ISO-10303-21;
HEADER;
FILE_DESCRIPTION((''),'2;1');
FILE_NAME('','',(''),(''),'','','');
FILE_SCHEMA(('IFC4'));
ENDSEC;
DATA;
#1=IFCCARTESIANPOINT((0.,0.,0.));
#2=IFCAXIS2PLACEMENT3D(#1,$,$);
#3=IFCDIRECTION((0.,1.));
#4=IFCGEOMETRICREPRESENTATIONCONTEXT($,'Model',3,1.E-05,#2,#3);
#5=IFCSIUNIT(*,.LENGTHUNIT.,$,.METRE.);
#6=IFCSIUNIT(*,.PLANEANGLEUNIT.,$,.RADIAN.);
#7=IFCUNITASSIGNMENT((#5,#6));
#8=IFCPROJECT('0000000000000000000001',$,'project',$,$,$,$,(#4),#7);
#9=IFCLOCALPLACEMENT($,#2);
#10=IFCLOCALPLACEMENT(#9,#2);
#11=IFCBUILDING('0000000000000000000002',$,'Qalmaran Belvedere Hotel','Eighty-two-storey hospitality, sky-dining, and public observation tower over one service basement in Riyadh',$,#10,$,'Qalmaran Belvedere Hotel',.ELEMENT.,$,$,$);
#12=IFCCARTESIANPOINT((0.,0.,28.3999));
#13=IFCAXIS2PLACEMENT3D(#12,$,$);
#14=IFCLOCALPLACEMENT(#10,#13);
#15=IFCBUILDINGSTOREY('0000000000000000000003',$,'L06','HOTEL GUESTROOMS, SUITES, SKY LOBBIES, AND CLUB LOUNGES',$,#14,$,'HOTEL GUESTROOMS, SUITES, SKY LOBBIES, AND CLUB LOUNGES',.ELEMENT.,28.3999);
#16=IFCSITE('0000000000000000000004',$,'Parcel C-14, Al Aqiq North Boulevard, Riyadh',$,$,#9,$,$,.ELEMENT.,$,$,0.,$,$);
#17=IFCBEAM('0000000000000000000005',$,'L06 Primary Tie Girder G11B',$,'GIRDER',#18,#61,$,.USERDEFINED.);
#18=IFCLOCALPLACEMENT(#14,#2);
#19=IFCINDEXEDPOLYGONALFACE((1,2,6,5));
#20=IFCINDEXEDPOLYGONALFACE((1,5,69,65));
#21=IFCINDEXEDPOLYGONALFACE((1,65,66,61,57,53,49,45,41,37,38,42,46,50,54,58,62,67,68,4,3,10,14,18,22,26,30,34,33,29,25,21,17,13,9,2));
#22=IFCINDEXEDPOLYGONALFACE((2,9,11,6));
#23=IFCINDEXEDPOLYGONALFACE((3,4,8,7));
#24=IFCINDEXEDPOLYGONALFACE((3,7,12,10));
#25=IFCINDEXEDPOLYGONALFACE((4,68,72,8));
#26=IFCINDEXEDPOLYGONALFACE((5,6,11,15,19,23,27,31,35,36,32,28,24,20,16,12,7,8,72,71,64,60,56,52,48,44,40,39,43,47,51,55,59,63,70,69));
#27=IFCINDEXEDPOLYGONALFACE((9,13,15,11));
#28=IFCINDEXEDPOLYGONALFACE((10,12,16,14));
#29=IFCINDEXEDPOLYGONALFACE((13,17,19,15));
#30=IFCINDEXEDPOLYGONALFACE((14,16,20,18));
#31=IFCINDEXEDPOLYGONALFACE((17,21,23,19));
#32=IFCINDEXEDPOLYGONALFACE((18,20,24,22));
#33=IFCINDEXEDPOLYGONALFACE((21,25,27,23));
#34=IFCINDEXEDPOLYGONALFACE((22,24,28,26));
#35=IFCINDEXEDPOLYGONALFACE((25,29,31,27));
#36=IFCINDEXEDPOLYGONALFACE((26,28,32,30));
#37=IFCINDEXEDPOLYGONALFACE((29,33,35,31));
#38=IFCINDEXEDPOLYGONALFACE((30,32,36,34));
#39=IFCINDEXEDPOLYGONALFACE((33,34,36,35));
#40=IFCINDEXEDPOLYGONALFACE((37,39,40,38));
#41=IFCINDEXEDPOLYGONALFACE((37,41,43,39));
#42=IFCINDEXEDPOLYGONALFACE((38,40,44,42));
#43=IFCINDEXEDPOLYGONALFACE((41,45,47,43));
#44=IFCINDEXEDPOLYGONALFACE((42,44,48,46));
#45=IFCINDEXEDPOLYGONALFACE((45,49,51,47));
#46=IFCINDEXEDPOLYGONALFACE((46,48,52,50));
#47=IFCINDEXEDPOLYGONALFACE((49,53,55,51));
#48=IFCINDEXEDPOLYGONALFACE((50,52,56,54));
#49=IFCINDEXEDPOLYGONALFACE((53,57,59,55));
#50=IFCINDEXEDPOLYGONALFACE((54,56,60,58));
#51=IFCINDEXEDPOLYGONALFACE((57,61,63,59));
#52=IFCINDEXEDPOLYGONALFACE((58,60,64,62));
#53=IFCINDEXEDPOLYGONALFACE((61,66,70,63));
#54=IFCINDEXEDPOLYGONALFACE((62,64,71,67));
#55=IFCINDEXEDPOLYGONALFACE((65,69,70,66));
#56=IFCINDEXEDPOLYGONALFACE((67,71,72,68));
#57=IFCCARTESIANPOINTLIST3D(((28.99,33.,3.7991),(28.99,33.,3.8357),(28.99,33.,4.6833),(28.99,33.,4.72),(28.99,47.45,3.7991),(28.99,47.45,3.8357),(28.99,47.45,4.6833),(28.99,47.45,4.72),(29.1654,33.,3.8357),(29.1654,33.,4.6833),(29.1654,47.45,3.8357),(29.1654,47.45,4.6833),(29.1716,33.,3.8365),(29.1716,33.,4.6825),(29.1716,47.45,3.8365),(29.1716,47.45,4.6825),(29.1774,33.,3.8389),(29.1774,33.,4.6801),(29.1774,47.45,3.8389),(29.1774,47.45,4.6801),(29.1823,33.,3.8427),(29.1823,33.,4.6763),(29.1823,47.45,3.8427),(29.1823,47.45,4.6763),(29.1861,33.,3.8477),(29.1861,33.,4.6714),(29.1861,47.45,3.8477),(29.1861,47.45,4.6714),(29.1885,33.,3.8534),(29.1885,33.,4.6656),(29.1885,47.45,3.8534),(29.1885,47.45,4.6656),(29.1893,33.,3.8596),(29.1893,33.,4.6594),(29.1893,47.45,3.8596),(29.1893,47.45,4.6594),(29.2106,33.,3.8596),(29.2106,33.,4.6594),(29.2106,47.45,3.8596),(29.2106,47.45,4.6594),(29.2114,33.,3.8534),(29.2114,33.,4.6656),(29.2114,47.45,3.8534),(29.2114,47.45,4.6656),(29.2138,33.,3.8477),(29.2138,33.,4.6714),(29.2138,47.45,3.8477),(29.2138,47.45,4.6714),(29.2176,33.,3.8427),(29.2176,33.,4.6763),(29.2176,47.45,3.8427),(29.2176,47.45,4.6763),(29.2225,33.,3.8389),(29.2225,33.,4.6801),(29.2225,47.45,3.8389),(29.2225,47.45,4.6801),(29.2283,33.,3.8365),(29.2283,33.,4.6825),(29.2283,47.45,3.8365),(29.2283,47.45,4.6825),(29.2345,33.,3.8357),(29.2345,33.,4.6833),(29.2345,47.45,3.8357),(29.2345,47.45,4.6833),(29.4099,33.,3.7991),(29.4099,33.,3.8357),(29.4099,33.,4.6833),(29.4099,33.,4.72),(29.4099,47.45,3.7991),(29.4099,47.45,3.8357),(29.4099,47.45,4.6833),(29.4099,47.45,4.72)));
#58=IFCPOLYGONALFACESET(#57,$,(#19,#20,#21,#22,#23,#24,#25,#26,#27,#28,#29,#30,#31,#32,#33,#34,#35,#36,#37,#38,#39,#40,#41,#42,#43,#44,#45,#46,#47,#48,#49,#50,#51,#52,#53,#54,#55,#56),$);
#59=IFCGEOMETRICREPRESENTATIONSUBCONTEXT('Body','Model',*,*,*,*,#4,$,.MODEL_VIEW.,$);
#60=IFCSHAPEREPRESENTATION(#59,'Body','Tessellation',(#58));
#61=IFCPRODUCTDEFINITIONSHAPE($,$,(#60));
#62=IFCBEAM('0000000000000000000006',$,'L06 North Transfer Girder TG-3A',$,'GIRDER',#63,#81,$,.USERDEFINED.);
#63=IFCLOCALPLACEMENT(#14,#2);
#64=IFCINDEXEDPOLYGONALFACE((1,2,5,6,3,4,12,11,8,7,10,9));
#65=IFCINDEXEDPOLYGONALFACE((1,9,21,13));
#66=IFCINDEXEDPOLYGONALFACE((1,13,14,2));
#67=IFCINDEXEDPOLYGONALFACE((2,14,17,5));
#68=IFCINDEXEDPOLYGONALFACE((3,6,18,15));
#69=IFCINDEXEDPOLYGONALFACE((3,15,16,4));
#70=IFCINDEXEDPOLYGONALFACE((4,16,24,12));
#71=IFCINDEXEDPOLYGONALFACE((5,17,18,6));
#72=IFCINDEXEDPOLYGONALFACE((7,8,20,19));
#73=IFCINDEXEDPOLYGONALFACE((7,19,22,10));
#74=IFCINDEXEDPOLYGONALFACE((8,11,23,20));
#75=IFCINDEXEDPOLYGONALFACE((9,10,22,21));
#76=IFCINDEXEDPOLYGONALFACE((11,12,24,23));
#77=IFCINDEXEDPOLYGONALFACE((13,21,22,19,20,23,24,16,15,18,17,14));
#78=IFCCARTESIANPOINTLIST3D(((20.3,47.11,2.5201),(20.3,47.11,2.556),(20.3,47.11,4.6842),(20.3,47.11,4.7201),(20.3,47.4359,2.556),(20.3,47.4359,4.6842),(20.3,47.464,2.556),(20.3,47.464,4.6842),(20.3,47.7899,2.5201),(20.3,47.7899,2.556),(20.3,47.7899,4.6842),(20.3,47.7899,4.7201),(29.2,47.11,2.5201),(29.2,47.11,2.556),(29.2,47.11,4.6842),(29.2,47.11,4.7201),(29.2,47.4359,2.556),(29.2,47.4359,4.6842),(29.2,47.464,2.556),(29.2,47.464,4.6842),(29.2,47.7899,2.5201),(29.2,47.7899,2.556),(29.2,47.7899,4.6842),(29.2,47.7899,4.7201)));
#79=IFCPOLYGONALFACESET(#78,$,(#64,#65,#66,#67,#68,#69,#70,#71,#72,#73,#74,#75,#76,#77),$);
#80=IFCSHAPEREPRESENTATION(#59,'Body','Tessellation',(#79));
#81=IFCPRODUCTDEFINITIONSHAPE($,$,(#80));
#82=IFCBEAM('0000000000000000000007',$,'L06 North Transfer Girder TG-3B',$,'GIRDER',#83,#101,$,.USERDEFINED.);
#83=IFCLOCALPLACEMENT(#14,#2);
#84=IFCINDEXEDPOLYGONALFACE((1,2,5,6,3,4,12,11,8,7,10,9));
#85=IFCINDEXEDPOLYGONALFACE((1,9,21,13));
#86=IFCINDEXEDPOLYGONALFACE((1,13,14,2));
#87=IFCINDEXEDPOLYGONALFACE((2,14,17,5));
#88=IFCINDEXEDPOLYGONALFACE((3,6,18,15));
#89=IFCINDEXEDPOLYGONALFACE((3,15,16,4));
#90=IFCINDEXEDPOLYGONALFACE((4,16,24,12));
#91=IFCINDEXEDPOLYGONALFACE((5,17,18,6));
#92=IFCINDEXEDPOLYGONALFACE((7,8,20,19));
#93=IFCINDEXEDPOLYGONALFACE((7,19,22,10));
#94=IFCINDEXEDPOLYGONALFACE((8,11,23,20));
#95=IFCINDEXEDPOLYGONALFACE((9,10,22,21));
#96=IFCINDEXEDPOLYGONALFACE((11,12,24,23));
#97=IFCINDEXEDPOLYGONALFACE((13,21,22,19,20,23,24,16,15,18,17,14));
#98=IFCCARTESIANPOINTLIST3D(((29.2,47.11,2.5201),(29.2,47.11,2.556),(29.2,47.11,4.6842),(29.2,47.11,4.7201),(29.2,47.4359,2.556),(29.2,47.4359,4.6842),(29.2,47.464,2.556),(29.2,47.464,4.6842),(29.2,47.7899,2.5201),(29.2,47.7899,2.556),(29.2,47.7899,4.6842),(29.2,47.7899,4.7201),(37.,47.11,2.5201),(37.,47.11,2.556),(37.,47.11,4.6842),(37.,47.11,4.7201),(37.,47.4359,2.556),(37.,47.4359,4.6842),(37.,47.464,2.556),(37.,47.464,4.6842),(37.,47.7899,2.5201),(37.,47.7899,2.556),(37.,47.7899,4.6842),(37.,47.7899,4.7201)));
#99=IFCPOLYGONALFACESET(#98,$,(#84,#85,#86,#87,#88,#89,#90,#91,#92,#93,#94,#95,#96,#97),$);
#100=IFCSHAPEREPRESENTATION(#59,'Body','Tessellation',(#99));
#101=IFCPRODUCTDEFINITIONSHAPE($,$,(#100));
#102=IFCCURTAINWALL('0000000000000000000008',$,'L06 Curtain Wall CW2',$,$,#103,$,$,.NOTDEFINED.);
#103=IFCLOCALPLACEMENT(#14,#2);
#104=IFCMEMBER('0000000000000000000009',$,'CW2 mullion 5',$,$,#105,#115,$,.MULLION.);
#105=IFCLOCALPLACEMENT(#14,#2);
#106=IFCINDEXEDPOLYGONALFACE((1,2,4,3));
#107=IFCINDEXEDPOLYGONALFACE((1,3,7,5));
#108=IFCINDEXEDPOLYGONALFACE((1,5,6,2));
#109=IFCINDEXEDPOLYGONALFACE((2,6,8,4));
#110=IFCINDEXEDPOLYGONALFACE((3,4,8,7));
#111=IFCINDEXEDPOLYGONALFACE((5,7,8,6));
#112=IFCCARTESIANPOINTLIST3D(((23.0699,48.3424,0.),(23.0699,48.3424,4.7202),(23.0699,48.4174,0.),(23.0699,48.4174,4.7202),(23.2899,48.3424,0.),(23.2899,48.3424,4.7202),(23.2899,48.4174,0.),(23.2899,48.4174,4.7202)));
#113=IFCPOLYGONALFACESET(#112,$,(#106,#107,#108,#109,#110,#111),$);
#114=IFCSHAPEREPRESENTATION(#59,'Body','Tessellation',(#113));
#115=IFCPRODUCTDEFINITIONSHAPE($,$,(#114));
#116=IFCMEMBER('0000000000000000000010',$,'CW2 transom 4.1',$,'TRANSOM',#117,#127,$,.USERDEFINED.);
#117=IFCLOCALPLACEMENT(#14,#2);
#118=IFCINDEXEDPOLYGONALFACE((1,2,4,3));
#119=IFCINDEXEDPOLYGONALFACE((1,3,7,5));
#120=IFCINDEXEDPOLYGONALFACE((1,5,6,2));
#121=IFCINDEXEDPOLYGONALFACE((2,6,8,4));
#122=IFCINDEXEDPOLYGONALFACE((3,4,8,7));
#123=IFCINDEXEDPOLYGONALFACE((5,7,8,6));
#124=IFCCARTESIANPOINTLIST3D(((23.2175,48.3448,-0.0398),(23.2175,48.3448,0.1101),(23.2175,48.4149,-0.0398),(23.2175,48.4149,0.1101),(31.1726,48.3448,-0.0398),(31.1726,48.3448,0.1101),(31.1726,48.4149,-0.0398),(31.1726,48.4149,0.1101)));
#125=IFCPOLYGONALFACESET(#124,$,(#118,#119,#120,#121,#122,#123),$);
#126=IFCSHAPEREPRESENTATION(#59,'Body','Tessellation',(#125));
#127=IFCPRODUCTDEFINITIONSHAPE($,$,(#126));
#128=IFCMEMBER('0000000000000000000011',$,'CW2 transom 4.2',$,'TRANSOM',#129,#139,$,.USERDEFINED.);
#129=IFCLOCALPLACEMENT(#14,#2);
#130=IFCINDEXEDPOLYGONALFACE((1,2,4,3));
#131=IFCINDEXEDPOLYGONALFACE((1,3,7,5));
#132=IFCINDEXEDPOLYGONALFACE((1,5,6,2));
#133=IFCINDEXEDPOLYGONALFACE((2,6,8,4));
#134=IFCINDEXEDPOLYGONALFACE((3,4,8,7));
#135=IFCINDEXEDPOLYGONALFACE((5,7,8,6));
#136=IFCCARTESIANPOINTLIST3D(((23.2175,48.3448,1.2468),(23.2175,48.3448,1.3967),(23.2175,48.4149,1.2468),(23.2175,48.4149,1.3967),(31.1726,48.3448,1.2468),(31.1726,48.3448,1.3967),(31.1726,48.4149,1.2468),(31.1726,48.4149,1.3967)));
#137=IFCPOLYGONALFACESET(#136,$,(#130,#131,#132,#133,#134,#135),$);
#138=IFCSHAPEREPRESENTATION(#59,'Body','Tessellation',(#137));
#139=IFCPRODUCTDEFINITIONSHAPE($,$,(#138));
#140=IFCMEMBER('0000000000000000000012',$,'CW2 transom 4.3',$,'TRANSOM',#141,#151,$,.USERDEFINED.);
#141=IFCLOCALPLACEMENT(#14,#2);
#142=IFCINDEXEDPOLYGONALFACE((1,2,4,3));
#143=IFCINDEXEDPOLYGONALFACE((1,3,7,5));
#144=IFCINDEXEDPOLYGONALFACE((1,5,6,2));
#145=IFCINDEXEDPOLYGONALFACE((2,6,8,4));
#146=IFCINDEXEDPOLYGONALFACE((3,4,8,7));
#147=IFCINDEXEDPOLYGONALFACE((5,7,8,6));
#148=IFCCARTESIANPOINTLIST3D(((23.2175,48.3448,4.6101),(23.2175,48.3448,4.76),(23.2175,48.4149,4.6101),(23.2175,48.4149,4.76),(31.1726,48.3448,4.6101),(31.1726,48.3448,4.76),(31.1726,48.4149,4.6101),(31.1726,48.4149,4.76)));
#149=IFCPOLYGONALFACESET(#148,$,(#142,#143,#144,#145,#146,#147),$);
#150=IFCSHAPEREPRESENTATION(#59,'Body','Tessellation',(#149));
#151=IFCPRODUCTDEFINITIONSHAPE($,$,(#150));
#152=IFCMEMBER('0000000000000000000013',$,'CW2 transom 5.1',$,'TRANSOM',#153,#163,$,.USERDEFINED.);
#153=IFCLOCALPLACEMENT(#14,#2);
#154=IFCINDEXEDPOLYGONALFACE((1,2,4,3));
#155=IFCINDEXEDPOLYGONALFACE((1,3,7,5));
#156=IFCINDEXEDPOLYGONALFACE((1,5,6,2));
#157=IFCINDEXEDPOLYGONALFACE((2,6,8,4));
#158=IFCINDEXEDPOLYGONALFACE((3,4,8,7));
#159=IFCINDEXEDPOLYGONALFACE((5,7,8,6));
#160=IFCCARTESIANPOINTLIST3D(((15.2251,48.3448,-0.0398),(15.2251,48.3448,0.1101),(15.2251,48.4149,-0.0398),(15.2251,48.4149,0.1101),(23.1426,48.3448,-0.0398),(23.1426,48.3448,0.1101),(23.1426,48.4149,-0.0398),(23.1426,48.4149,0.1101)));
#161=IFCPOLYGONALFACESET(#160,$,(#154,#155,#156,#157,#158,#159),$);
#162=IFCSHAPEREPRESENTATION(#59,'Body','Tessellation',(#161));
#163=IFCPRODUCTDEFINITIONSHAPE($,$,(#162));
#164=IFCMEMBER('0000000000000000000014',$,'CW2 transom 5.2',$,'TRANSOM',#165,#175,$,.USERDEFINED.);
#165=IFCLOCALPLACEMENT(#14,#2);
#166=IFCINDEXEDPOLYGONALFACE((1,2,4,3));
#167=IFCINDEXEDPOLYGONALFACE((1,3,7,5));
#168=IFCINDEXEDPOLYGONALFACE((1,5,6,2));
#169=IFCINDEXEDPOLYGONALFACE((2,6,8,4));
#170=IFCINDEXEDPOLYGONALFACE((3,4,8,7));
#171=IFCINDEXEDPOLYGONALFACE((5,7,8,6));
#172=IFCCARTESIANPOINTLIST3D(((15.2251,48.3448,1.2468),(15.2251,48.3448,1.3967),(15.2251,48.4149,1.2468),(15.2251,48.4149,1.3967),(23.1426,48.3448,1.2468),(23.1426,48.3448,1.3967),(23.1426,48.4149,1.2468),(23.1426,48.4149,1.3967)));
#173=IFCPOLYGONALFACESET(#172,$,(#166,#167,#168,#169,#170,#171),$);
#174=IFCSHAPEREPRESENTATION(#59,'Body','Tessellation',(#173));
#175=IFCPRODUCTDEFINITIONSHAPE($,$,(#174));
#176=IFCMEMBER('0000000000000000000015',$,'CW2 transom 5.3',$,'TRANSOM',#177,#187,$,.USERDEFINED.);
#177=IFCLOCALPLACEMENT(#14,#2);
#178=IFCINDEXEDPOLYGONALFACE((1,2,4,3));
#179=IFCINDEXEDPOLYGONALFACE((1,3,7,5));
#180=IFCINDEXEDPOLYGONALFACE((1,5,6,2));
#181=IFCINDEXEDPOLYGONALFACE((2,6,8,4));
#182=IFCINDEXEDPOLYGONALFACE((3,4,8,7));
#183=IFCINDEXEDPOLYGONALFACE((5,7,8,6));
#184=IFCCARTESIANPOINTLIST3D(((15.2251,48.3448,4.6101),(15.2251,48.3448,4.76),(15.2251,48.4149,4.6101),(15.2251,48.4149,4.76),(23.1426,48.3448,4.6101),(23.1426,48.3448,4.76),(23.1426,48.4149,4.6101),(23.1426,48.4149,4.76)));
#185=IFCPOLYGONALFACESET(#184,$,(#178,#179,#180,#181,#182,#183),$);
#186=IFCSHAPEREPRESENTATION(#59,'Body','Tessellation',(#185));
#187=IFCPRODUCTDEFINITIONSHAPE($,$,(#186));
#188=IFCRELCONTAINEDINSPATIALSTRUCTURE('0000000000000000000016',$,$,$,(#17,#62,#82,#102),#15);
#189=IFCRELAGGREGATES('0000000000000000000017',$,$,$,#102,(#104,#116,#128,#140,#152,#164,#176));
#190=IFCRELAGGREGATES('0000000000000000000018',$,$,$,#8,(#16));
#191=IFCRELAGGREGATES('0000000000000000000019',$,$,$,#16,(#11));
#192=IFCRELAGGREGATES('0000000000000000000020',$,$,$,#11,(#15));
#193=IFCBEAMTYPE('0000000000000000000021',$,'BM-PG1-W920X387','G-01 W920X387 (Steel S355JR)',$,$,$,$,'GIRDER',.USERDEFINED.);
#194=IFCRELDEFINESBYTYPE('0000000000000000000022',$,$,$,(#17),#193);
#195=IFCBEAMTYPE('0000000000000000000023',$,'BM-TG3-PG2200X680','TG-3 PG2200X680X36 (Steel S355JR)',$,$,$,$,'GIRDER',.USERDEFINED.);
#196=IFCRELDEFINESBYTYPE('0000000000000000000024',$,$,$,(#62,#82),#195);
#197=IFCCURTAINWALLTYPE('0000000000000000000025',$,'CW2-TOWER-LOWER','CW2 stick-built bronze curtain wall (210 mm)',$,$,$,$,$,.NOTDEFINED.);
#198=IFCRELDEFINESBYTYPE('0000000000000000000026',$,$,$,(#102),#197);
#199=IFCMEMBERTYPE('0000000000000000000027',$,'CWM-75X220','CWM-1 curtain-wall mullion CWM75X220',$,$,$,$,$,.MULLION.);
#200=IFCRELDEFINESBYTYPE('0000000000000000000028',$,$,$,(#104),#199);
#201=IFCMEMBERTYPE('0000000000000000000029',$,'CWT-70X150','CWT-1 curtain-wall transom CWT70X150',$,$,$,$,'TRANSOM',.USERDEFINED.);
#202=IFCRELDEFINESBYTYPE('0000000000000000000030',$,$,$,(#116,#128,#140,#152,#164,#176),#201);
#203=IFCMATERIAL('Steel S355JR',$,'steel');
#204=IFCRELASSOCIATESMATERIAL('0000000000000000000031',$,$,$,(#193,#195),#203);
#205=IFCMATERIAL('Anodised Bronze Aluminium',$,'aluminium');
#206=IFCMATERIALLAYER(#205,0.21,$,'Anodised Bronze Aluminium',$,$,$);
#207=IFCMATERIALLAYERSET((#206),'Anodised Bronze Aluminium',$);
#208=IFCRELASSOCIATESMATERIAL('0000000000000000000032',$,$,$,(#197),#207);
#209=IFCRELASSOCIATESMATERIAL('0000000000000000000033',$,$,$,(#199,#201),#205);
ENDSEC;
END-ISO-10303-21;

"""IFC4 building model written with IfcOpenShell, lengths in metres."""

from ifc_helpers import new_model, si_unit, direction, frame, origin, origin_2d, place, context, subcontext, project, spatial, rectangle, i_section, extrude, material, layer, layer_set, material_profile, profile_set, type_object, element, aggregate, save


model = new_model("IFC4")

# Units and contexts
model_context = context("Model", 3, precision=1e-05, world=origin(), true_north=direction((0.0, 1.0)))
body_context = subcontext(model_context, "Body", "Model", "MODEL_VIEW")
ifc_project = project(units=[si_unit("LENGTHUNIT", "METRE"), si_unit("PLANEANGLEUNIT", "RADIAN")], contexts=[model_context])

# Site, building, storey
site_placement = place(None, origin())
site = spatial("IfcSite", under=ifc_project, at=site_placement, Name="Parcel C-14, Al Aqiq North Boulevard, Riyadh", CompositionType="ELEMENT", RefElevation=0.0)
building_placement = place(site_placement, origin())
building = spatial("IfcBuilding", under=site, at=building_placement, Name="Qalmaran Belvedere Hotel", Description="Eighty-two-storey hospitality, sky-dining, and public observation tower over one service basement in Riyadh", LongName="Qalmaran Belvedere Hotel", CompositionType="ELEMENT")
storey_placement = place(building_placement, frame((0.0, 0.0, 28.3999)))
storey = spatial("IfcBuildingStorey", under=building, at=storey_placement, Name="L06", Description="HOTEL GUESTROOMS, SUITES, SKY LOBBIES, AND CLUB LOUNGES", LongName="HOTEL GUESTROOMS, SUITES, SKY LOBBIES, AND CLUB LOUNGES", CompositionType="ELEMENT", Elevation=28.3999)

# Beams
ifc_material_1 = material(Name="Steel S355JR", Category="steel")
ifc_material_profile_1 = material_profile(ifc_material_1, i_section(OverallWidth=0.4199, OverallDepth=0.9209, WebThickness=0.0212, FlangeThickness=0.0366, FilletRadius=0.0239, at=origin_2d()), Name="W920X387")
ifc_profile_set_1 = profile_set([ifc_material_profile_1], Name="Steel S355JR")
beam_type_1 = type_object("IfcBeamType", Name="BM-PG1-W920X387", Description="G-01 W920X387 (Steel S355JR)", ElementType="GIRDER", PredefinedType="USERDEFINED", material=ifc_profile_set_1)
beam_1_placement = place(storey_placement, frame((29.2, 33.0, 4.2595), z_axis=(0.0, 1.0, 0.0), x_axis=(-1.0, 0.0, 0.0)))
element("IfcBeam", 1, at=beam_1_placement, inside=storey, type_object=beam_type_1, Name="L06 Primary Tie Girder G11B", ObjectType="GIRDER", PredefinedType="USERDEFINED", context=body_context, shape_type="SweptSolid", body=[
    extrude(i_section(OverallWidth=0.4199, OverallDepth=0.9209, WebThickness=0.0212, FlangeThickness=0.0366, FilletRadius=0.0239, at=origin_2d()), origin(), (0.0, 0.0, 1.0), 14.45),
])
ifc_material_profile_2 = material_profile(ifc_material_1, i_section(OverallWidth=0.6799, OverallDepth=2.2, WebThickness=0.0281, FlangeThickness=0.0359, at=origin_2d()), Name="PG2200X680X36")
ifc_profile_set_2 = profile_set([ifc_material_profile_2], Name="Steel S355JR")
beam_type_2 = type_object("IfcBeamType", Name="BM-TG3-PG2200X680", Description="TG-3 PG2200X680X36 (Steel S355JR)", ElementType="GIRDER", PredefinedType="USERDEFINED", material=ifc_profile_set_2)
beam_2_placement = place(storey_placement, frame((20.3, 47.45, 3.6201), z_axis=(1.0, 0.0, 0.0), x_axis=(0.0, 1.0, 0.0)))
element("IfcBeam", 2, at=beam_2_placement, inside=storey, type_object=beam_type_2, Name="L06 North Transfer Girder TG-3A", ObjectType="GIRDER", PredefinedType="USERDEFINED", context=body_context, shape_type="SweptSolid", body=[
    extrude(i_section(OverallWidth=0.6799, OverallDepth=2.2, WebThickness=0.0281, FlangeThickness=0.0359, at=origin_2d()), origin(), (0.0, 0.0, 1.0), 8.8999),
])
beam_3_placement = place(storey_placement, frame((29.2, 47.45, 3.6201), z_axis=(1.0, 0.0, 0.0), x_axis=(0.0, 1.0, 0.0)))
element("IfcBeam", 3, at=beam_3_placement, inside=storey, type_object=beam_type_2, Name="L06 North Transfer Girder TG-3B", ObjectType="GIRDER", PredefinedType="USERDEFINED", context=body_context, shape_type="SweptSolid", body=[
    extrude(i_section(OverallWidth=0.6799, OverallDepth=2.2, WebThickness=0.0281, FlangeThickness=0.0359, at=origin_2d()), origin(), (0.0, 0.0, 1.0), 7.8),
])

# Curtain wall, members
ifc_material_2 = material(Name="Anodised Bronze Aluminium", Category="aluminium")
ifc_layer_1 = layer(ifc_material_2, 0.21, Name="Anodised Bronze Aluminium")
ifc_layer_set_1 = layer_set([ifc_layer_1], Name="Anodised Bronze Aluminium")
curtain_wall_type = type_object("IfcCurtainWallType", Name="CW2-TOWER-LOWER", Description="CW2 stick-built bronze curtain wall (210 mm)", PredefinedType="NOTDEFINED", material=ifc_layer_set_1)
curtain_wall_placement = place(storey_placement, origin())
curtain_wall = element("IfcCurtainWall", 4, at=curtain_wall_placement, inside=storey, type_object=curtain_wall_type, Name="L06 Curtain Wall CW2", PredefinedType="NOTDEFINED")
ifc_material_profile_3 = material_profile(ifc_material_2, rectangle(XDim=0.075, YDim=0.22, at=origin_2d()), Name="CWM75X220")
ifc_profile_set_3 = profile_set([ifc_material_profile_3], Name="Anodised Bronze Aluminium")
member_type_1 = type_object("IfcMemberType", Name="CWM-75X220", Description="CWM-1 curtain-wall mullion CWM75X220", PredefinedType="MULLION", material=ifc_profile_set_3)
member_1_placement = place(storey_placement, frame((23.1799, 48.3799, 0.0), z_axis=(0.0, 0.0, 1.0), x_axis=(0.0, -1.0, 0.0)))
member_1 = element("IfcMember", 5, at=member_1_placement, type_object=member_type_1, Name="CW2 mullion 5", PredefinedType="MULLION", context=body_context, shape_type="SweptSolid", body=[
    extrude(rectangle(XDim=0.075, YDim=0.22, at=origin_2d()), origin(), (0.0, 0.0, 1.0), 4.7202),
])
ifc_material_profile_4 = material_profile(ifc_material_2, rectangle(XDim=0.0701, YDim=0.1499, at=origin_2d()), Name="CWT70X150")
ifc_profile_set_4 = profile_set([ifc_material_profile_4], Name="Anodised Bronze Aluminium")
member_type_2 = type_object("IfcMemberType", Name="CWT-70X150", Description="CWT-1 curtain-wall transom CWT70X150", ElementType="TRANSOM", PredefinedType="USERDEFINED", material=ifc_profile_set_4)
member_2_placement = place(storey_placement, frame((31.1726, 48.3799, 0.0352), z_axis=(-1.0, 0.0, 0.0), x_axis=(0.0, -1.0, 0.0)))
member_2 = element("IfcMember", 6, at=member_2_placement, type_object=member_type_2, Name="CW2 transom 4.1", ObjectType="TRANSOM", PredefinedType="USERDEFINED", context=body_context, shape_type="SweptSolid", body=[
    extrude(rectangle(XDim=0.0701, YDim=0.1499, at=origin_2d()), origin(), (0.0, 0.0, 1.0), 7.9551),
])
member_3_placement = place(storey_placement, frame((31.1726, 48.3799, 1.3218), z_axis=(-1.0, 0.0, 0.0), x_axis=(0.0, -1.0, 0.0)))
member_3 = element("IfcMember", 7, at=member_3_placement, type_object=member_type_2, Name="CW2 transom 4.2", ObjectType="TRANSOM", PredefinedType="USERDEFINED", context=body_context, shape_type="SweptSolid", body=[
    extrude(rectangle(XDim=0.0701, YDim=0.1499, at=origin_2d()), origin(), (0.0, 0.0, 1.0), 7.9551),
])
member_4_placement = place(storey_placement, frame((31.1726, 48.3799, 4.6851), z_axis=(-1.0, 0.0, 0.0), x_axis=(0.0, -1.0, 0.0)))
member_4 = element("IfcMember", 8, at=member_4_placement, type_object=member_type_2, Name="CW2 transom 4.3", ObjectType="TRANSOM", PredefinedType="USERDEFINED", context=body_context, shape_type="SweptSolid", body=[
    extrude(rectangle(XDim=0.0701, YDim=0.1499, at=origin_2d()), origin(), (0.0, 0.0, 1.0), 7.9551),
])
member_5_placement = place(storey_placement, frame((23.1426, 48.3799, 0.0352), z_axis=(-1.0, 0.0, 0.0), x_axis=(0.0, -1.0, 0.0)))
member_5 = element("IfcMember", 9, at=member_5_placement, type_object=member_type_2, Name="CW2 transom 5.1", ObjectType="TRANSOM", PredefinedType="USERDEFINED", context=body_context, shape_type="SweptSolid", body=[
    extrude(rectangle(XDim=0.0701, YDim=0.1499, at=origin_2d()), origin(), (0.0, 0.0, 1.0), 7.9175),
])
member_6_placement = place(storey_placement, frame((23.1426, 48.3799, 1.3218), z_axis=(-1.0, 0.0, 0.0), x_axis=(0.0, -1.0, 0.0)))
member_6 = element("IfcMember", 10, at=member_6_placement, type_object=member_type_2, Name="CW2 transom 5.2", ObjectType="TRANSOM", PredefinedType="USERDEFINED", context=body_context, shape_type="SweptSolid", body=[
    extrude(rectangle(XDim=0.0701, YDim=0.1499, at=origin_2d()), origin(), (0.0, 0.0, 1.0), 7.9175),
])
member_7_placement = place(storey_placement, frame((23.1426, 48.3799, 4.6851), z_axis=(-1.0, 0.0, 0.0), x_axis=(0.0, -1.0, 0.0)))
member_7 = element("IfcMember", 11, at=member_7_placement, type_object=member_type_2, Name="CW2 transom 5.3", ObjectType="TRANSOM", PredefinedType="USERDEFINED", context=body_context, shape_type="SweptSolid", body=[
    extrude(rectangle(XDim=0.0701, YDim=0.1499, at=origin_2d()), origin(), (0.0, 0.0, 1.0), 7.9175),
])
aggregate(curtain_wall, [member_1, member_2, member_3, member_4, member_5, member_6, member_7])

save(model, "model.ifc")
